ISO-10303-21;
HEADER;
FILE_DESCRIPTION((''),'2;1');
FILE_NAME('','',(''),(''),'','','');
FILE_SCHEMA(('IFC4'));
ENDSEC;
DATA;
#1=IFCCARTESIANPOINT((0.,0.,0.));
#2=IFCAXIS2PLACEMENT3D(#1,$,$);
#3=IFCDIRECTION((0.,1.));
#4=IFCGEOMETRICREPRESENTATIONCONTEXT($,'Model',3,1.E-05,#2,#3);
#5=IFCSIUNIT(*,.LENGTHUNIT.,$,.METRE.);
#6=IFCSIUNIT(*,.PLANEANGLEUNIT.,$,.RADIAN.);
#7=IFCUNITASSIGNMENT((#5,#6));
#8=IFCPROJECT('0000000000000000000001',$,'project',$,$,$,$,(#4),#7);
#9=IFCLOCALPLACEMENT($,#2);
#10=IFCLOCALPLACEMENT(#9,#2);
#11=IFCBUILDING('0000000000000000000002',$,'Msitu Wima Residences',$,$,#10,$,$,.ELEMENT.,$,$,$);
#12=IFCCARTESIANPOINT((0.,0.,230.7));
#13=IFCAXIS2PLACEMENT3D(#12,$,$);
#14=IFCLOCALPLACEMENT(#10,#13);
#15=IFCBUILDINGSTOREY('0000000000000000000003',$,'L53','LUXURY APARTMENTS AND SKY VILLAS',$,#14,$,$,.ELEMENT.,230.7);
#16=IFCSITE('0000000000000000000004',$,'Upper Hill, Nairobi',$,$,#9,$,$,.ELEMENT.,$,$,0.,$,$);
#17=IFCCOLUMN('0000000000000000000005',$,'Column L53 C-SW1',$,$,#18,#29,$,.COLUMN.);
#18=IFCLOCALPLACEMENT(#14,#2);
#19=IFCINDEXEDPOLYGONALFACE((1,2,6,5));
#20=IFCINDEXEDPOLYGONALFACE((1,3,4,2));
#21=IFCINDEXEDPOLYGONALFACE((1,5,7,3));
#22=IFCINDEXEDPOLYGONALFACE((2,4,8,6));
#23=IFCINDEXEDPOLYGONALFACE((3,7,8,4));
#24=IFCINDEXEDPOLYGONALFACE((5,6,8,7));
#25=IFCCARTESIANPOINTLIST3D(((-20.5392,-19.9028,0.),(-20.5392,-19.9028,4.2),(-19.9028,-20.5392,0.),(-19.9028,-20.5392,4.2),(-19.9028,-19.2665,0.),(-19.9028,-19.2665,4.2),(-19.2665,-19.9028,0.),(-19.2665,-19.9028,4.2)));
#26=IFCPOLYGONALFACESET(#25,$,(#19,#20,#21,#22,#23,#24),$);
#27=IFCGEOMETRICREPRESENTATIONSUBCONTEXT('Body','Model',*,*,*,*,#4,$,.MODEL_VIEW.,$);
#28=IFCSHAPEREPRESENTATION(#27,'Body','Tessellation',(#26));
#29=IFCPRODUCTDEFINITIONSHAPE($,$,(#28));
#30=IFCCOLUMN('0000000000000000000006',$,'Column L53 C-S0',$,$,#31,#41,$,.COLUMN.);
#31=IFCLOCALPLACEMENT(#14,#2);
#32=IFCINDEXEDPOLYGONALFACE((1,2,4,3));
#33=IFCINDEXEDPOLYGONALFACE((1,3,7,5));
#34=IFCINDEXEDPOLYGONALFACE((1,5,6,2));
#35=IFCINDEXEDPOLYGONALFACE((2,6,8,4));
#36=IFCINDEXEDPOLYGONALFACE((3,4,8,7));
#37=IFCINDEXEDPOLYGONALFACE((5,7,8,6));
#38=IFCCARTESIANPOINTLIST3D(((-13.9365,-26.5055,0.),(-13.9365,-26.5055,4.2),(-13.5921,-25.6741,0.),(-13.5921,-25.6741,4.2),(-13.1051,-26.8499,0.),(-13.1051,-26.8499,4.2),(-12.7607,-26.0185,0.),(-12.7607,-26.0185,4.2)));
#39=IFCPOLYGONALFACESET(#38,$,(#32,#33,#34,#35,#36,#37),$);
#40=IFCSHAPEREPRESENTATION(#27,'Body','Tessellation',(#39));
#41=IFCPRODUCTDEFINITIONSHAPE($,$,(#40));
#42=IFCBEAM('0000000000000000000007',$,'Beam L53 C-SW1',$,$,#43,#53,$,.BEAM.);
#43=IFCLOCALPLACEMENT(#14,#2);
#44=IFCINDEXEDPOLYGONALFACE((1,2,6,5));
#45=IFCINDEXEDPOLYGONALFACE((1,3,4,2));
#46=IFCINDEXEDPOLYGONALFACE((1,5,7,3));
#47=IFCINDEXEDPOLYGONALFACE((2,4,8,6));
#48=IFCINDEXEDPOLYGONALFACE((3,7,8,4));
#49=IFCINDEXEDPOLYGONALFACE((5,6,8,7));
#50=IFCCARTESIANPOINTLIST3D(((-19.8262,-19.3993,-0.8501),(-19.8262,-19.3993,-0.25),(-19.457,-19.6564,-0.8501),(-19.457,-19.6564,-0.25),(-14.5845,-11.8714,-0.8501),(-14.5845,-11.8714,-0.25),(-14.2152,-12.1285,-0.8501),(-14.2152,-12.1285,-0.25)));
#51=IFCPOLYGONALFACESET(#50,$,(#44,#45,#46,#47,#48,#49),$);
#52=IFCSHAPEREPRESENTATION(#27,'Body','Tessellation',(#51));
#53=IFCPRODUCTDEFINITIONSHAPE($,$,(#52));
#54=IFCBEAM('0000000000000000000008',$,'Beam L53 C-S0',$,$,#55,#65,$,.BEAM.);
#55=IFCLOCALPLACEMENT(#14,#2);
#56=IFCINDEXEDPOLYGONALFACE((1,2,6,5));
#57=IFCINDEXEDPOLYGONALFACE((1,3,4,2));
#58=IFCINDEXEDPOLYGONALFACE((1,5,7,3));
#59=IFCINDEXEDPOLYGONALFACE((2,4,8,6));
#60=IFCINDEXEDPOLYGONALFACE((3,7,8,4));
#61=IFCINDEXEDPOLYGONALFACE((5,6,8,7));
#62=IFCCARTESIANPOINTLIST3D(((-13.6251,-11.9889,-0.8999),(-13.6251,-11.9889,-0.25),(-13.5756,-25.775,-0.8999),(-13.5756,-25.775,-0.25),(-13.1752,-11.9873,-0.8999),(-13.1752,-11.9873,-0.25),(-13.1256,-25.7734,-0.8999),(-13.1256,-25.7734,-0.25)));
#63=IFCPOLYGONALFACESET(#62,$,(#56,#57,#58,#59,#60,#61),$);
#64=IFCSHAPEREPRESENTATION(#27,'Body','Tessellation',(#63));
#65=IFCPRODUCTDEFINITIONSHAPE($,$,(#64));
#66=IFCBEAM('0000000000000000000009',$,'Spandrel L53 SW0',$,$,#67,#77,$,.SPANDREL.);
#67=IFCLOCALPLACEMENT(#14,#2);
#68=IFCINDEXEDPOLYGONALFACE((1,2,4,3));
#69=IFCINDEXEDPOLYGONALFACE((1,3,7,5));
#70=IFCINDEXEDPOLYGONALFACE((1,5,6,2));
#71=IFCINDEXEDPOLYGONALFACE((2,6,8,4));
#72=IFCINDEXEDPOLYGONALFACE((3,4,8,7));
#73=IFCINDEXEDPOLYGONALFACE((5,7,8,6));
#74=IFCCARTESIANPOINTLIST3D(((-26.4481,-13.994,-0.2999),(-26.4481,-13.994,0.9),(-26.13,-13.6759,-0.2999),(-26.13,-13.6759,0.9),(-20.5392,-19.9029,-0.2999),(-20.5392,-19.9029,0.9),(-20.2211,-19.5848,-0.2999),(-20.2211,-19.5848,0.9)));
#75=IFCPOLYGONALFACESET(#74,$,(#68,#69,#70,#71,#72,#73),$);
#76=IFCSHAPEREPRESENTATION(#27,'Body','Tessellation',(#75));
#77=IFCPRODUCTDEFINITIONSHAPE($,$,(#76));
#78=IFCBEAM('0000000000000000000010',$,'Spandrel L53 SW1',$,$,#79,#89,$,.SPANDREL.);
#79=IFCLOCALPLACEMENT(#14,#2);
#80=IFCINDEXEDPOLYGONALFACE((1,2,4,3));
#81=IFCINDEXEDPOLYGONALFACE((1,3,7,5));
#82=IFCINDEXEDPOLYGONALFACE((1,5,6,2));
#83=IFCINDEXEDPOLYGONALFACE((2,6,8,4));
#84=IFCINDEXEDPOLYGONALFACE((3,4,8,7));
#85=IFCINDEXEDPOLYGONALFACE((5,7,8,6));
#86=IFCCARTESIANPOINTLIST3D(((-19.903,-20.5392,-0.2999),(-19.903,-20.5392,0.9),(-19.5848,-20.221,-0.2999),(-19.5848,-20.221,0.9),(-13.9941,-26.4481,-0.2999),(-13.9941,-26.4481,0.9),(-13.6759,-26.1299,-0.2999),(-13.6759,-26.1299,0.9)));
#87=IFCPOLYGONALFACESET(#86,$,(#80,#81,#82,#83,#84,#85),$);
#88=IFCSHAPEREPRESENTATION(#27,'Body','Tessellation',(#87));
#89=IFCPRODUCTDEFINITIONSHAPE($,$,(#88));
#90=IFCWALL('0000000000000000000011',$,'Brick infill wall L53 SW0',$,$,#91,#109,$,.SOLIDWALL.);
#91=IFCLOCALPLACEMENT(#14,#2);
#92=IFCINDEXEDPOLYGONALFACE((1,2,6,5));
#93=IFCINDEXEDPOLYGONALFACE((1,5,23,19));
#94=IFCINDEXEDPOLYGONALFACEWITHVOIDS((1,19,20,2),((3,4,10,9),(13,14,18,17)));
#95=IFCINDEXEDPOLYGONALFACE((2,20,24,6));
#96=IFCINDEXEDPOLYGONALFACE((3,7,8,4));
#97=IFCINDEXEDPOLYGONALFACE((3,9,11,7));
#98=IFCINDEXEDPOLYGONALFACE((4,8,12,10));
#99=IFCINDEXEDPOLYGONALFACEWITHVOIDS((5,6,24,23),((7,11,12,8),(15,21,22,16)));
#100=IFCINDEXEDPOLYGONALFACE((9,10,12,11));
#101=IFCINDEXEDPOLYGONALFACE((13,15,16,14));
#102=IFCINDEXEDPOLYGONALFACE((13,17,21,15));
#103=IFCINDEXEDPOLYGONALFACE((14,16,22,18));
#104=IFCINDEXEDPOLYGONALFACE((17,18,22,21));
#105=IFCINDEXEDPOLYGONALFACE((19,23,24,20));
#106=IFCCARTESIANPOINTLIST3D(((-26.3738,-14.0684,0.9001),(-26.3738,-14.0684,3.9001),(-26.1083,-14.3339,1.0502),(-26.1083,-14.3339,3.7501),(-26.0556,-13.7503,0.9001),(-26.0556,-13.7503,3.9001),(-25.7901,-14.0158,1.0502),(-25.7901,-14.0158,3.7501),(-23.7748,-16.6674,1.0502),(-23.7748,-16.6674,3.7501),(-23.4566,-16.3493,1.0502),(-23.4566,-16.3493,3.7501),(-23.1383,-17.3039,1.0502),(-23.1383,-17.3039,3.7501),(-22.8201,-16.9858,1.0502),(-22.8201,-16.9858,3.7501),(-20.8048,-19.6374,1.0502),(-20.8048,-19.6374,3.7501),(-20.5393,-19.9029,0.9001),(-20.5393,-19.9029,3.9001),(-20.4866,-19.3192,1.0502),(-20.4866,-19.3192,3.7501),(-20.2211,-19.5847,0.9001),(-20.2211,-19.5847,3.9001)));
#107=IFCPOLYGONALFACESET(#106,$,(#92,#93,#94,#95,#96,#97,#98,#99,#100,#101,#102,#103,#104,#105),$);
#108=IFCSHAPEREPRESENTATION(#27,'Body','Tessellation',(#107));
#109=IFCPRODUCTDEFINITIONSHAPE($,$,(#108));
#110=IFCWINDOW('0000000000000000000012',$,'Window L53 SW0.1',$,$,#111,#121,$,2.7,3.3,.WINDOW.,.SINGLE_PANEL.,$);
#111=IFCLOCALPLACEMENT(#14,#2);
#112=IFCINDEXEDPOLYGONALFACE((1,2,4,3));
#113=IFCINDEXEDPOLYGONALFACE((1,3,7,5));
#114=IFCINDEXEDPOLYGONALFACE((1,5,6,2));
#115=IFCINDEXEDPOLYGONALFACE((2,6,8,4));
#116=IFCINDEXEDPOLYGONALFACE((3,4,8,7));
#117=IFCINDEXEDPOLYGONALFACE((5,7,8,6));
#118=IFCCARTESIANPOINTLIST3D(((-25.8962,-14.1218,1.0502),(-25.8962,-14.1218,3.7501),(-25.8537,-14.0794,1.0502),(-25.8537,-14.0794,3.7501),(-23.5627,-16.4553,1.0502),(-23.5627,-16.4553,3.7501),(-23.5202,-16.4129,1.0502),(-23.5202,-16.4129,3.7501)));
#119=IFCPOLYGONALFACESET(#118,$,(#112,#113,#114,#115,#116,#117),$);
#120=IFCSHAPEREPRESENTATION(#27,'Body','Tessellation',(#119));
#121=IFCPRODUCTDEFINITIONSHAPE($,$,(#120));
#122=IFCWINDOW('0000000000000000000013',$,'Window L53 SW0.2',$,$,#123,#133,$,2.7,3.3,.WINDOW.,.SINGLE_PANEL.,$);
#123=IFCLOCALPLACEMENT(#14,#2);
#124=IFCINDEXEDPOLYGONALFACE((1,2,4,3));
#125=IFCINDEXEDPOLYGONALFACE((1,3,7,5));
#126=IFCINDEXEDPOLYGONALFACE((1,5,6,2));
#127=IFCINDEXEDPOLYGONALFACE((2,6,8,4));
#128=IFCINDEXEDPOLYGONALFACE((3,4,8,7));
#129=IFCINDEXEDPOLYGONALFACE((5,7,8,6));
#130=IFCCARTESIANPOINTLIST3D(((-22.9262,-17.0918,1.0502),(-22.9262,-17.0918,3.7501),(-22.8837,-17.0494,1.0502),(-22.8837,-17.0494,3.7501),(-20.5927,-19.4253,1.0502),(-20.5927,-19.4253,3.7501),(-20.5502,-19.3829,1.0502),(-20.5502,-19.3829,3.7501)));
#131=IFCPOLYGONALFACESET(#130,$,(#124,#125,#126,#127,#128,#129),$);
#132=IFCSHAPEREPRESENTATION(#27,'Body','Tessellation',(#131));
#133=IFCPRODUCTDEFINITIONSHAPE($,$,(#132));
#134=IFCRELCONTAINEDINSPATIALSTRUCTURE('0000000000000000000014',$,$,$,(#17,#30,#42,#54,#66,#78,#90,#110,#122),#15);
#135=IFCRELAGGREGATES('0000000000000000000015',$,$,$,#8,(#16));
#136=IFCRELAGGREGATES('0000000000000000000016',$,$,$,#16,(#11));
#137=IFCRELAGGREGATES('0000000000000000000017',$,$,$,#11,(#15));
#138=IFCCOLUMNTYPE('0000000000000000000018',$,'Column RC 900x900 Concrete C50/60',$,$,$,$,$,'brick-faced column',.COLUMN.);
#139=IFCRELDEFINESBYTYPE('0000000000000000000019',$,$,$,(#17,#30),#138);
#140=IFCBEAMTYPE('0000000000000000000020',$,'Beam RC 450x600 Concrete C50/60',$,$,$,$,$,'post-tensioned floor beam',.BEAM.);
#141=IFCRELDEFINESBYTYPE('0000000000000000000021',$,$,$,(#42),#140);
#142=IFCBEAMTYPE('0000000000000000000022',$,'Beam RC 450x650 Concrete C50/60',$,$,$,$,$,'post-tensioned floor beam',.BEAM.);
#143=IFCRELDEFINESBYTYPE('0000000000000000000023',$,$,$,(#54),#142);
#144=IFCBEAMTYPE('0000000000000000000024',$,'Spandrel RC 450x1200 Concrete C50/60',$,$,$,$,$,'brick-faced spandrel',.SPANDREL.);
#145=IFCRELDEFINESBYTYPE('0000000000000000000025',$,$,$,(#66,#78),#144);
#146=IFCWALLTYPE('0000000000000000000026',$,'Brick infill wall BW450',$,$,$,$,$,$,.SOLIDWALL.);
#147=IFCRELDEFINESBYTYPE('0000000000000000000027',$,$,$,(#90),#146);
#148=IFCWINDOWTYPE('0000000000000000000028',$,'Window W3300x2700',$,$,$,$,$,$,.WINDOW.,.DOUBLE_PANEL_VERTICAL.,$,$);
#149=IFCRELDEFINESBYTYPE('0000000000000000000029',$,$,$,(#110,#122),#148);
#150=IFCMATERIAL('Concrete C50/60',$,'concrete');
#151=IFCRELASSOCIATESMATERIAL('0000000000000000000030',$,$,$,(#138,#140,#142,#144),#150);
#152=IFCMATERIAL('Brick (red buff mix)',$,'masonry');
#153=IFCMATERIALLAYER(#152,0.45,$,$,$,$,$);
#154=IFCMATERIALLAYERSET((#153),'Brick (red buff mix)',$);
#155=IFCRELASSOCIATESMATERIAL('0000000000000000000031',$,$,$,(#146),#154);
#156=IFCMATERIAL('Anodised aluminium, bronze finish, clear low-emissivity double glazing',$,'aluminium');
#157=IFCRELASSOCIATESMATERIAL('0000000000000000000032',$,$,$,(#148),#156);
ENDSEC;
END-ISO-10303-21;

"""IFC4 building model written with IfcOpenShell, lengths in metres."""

from ifc_helpers import new_model, si_unit, direction, frame, frame_2d, origin, origin_2d, place, context, subcontext, project, spatial, rectangle, extrude, material, layer, layer_set, material_profile, profile_set, type_object, element, fill, save


model = new_model("IFC4")

# Units and contexts
model_context = context("Model", 3, precision=1e-05, world=origin(), true_north=direction((0.0, 1.0)))
body_context = subcontext(model_context, "Body", "Model", "MODEL_VIEW")
ifc_project = project(units=[si_unit("LENGTHUNIT", "METRE"), si_unit("PLANEANGLEUNIT", "RADIAN")], contexts=[model_context])

# Site, building, storey
site_placement = place(None, origin())
site = spatial("IfcSite", under=ifc_project, at=site_placement, Name="Upper Hill, Nairobi", CompositionType="ELEMENT", RefElevation=0.0)
building_placement = place(site_placement, origin())
building = spatial("IfcBuilding", under=site, at=building_placement, Name="Msitu Wima Residences", CompositionType="ELEMENT")
storey_placement = place(building_placement, frame((0.0, 0.0, 230.7)))
storey = spatial("IfcBuildingStorey", under=building, at=storey_placement, Name="L53", Description="LUXURY APARTMENTS AND SKY VILLAS", CompositionType="ELEMENT", Elevation=230.7)

# Columns
ifc_material_1 = material(Name="Concrete C50/60", Category="concrete")
ifc_material_profile_1 = material_profile(ifc_material_1, rectangle(XDim=0.8999, YDim=0.8999, at=origin_2d()), Name="RC 900x900")
ifc_profile_set_1 = profile_set([ifc_material_profile_1], Name="Concrete C50/60")
column_type = type_object("IfcColumnType", Name="Column RC 900x900 Concrete C50/60", ElementType="brick-faced column", PredefinedType="COLUMN", material=ifc_profile_set_1)
for number, where, z_axis, x_axis, name in (
    (1, (-19.9028, -19.9028, 0.0), (0.0, 0.0, 1.0), (0.707107, -0.707107, 0.0), "Column L53 C-SW1"),
    (2, (-13.3486, -26.262, 0.0), (0.0, 0.0, 1.0), (0.92388, -0.382683, 0.0), "Column L53 C-S0"),
):
    element("IfcColumn", number, at=place(storey_placement, frame(where, z_axis=z_axis, x_axis=x_axis)), inside=storey, type_object=column_type, Name=name, PredefinedType="COLUMN", context=body_context, shape_type="SweptSolid", body=[
        extrude(rectangle(XDim=0.8999, YDim=0.8999, at=origin_2d()), origin(), (0.0, 0.0, 1.0), 4.2),
    ])

# Beams
ifc_material_profile_2 = material_profile(ifc_material_1, rectangle(XDim=0.45, YDim=0.6001, at=origin_2d()), Name="RC 450x600")
ifc_profile_set_2 = profile_set([ifc_material_profile_2], Name="Concrete C50/60")
beam_type_1 = type_object("IfcBeamType", Name="Beam RC 450x600 Concrete C50/60", ElementType="post-tensioned floor beam", PredefinedType="BEAM", material=ifc_profile_set_2)
beam_1_placement = place(storey_placement, frame((-19.6416, -19.5278, -0.55), z_axis=(0.571428, 0.820652, 0.0), x_axis=(-0.820652, 0.571428, 0.0)))
element("IfcBeam", 3, at=beam_1_placement, inside=storey, type_object=beam_type_1, Name="Beam L53 C-SW1", PredefinedType="BEAM", context=body_context, shape_type="SweptSolid", body=[
    extrude(rectangle(XDim=0.45, YDim=0.6001, at=origin_2d()), origin(), (0.0, 0.0, 1.0), 9.1731),
])
ifc_material_profile_3 = material_profile(ifc_material_1, rectangle(XDim=0.45, YDim=0.6499, at=origin_2d()), Name="RC 450x650")
ifc_profile_set_3 = profile_set([ifc_material_profile_3], Name="Concrete C50/60")
beam_type_2 = type_object("IfcBeamType", Name="Beam RC 450x650 Concrete C50/60", ElementType="post-tensioned floor beam", PredefinedType="BEAM", material=ifc_profile_set_3)
beam_2_placement = place(storey_placement, frame((-13.3506, -25.7742, -0.575), z_axis=(-0.003595, 0.999994, 0.0), x_axis=(-0.999994, -0.003595, 0.0)))
element("IfcBeam", 4, at=beam_2_placement, inside=storey, type_object=beam_type_2, Name="Beam L53 C-S0", PredefinedType="BEAM", context=body_context, shape_type="SweptSolid", body=[
    extrude(rectangle(XDim=0.45, YDim=0.6499, at=origin_2d()), origin(), (0.0, 0.0, 1.0), 13.7861),
])
ifc_material_profile_4 = material_profile(ifc_material_1, rectangle(XDim=0.45, YDim=1.2, at=origin_2d()), Name="RC 450x1200")
ifc_profile_set_4 = profile_set([ifc_material_profile_4], Name="Concrete C50/60")
beam_type_3 = type_object("IfcBeamType", Name="Spandrel RC 450x1200 Concrete C50/60", ElementType="brick-faced spandrel", PredefinedType="SPANDREL", material=ifc_profile_set_4)
for number, where, z_axis, x_axis, name in (
    (5, (-26.2891, -13.835, 0.3), (0.707107, -0.707107, 0.0), (0.707107, 0.707107, 0.0), "Spandrel L53 SW0"),
    (6, (-19.7439, -20.3801, 0.3), (0.707107, -0.707107, 0.0), (0.707107, 0.707107, 0.0), "Spandrel L53 SW1"),
):
    element("IfcBeam", number, at=place(storey_placement, frame(where, z_axis=z_axis, x_axis=x_axis)), inside=storey, type_object=beam_type_3, Name=name, PredefinedType="SPANDREL", context=body_context, shape_type="SweptSolid", body=[
        extrude(rectangle(XDim=0.45, YDim=1.2, at=origin_2d()), origin(), (0.0, 0.0, 1.0), 8.3564),
    ])

# Wall, openings, windows
ifc_material_2 = material(Name="Brick (red buff mix)", Category="masonry")
ifc_layer_1 = layer(ifc_material_2, 0.45)
ifc_layer_set_1 = layer_set([ifc_layer_1], Name="Brick (red buff mix)")
wall_type_1 = type_object("IfcWallType", Name="Brick infill wall BW450", PredefinedType="SOLIDWALL", material=ifc_layer_set_1)
wall_1_placement = place(storey_placement, frame((-26.2146, -13.9094, 0.9001), z_axis=(0.0, 0.0, 1.0), x_axis=(0.707107, -0.707107, 0.0)))
wall_1 = element("IfcWall", 7, at=wall_1_placement, inside=storey, type_object=wall_type_1, Name="Brick infill wall L53 SW0", PredefinedType="SOLIDWALL", context=body_context, shape_type="SweptSolid", body=[
    extrude(rectangle(XDim=8.2512, YDim=0.45, at=frame_2d((4.1255, 0.0))), origin(), (0.0, 0.0, 1.0), 3.0),
])
opening_1_placement = place(wall_1_placement, frame((0.3755, 0.0, 0.1499)))
opening_1 = element("IfcOpeningElement", 8, at=opening_1_placement, cuts=wall_1, PredefinedType="OPENING", context=body_context, shape_type="SweptSolid", body=[
    extrude(rectangle(XDim=3.3, YDim=2.7, at=frame_2d((1.6499, 1.3501))), frame((0.0, 0.2349, 0.0), z_axis=(0.0, -1.0, 0.0), x_axis=(1.0, 0.0, 0.0)), (0.0, 0.0, 1.0), 0.47),
])
opening_2_placement = place(wall_1_placement, frame((4.5757, 0.0, 0.1499)))
opening_2 = element("IfcOpeningElement", 9, at=opening_2_placement, cuts=wall_1, PredefinedType="OPENING", context=body_context, shape_type="SweptSolid", body=[
    extrude(rectangle(XDim=3.3, YDim=2.7, at=frame_2d((1.6499, 1.3501))), frame((0.0, 0.2349, 0.0), z_axis=(0.0, -1.0, 0.0), x_axis=(1.0, 0.0, 0.0)), (0.0, 0.0, 1.0), 0.47),
])
ifc_material_3 = material(Name="Anodised aluminium, bronze finish, clear low-emissivity double glazing", Category="aluminium")
window_type = type_object("IfcWindowType", Name="Window W3300x2700", PartitioningType="DOUBLE_PANEL_VERTICAL", PredefinedType="WINDOW", material=ifc_material_3)
window_1_placement = place(opening_1_placement, origin())
window_1 = element("IfcWindow", 10, at=window_1_placement, inside=storey, type_object=window_type, Name="Window L53 SW0.1", OverallHeight=2.7, OverallWidth=3.3, PartitioningType="SINGLE_PANEL", PredefinedType="WINDOW", context=body_context, shape_type="SweptSolid", body=[
    extrude(rectangle(XDim=3.3, YDim=2.7, at=frame_2d((1.6499, 1.3501))), frame((0.0, 0.135, 0.0), z_axis=(0.0, -1.0, 0.0), x_axis=(1.0, 0.0, 0.0)), (0.0, 0.0, 1.0), 0.0601),
])
fill(opening_1, window_1)
window_2_placement = place(opening_2_placement, origin())
window_2 = element("IfcWindow", 11, at=window_2_placement, inside=storey, type_object=window_type, Name="Window L53 SW0.2", OverallHeight=2.7, OverallWidth=3.3, PartitioningType="SINGLE_PANEL", PredefinedType="WINDOW", context=body_context, shape_type="SweptSolid", body=[
    extrude(rectangle(XDim=3.3, YDim=2.7, at=frame_2d((1.6499, 1.3501))), frame((0.0, 0.135, 0.0), z_axis=(0.0, -1.0, 0.0), x_axis=(1.0, 0.0, 0.0)), (0.0, 0.0, 1.0), 0.0601),
])
fill(opening_2, window_2)

save(model, "model.ifc")
